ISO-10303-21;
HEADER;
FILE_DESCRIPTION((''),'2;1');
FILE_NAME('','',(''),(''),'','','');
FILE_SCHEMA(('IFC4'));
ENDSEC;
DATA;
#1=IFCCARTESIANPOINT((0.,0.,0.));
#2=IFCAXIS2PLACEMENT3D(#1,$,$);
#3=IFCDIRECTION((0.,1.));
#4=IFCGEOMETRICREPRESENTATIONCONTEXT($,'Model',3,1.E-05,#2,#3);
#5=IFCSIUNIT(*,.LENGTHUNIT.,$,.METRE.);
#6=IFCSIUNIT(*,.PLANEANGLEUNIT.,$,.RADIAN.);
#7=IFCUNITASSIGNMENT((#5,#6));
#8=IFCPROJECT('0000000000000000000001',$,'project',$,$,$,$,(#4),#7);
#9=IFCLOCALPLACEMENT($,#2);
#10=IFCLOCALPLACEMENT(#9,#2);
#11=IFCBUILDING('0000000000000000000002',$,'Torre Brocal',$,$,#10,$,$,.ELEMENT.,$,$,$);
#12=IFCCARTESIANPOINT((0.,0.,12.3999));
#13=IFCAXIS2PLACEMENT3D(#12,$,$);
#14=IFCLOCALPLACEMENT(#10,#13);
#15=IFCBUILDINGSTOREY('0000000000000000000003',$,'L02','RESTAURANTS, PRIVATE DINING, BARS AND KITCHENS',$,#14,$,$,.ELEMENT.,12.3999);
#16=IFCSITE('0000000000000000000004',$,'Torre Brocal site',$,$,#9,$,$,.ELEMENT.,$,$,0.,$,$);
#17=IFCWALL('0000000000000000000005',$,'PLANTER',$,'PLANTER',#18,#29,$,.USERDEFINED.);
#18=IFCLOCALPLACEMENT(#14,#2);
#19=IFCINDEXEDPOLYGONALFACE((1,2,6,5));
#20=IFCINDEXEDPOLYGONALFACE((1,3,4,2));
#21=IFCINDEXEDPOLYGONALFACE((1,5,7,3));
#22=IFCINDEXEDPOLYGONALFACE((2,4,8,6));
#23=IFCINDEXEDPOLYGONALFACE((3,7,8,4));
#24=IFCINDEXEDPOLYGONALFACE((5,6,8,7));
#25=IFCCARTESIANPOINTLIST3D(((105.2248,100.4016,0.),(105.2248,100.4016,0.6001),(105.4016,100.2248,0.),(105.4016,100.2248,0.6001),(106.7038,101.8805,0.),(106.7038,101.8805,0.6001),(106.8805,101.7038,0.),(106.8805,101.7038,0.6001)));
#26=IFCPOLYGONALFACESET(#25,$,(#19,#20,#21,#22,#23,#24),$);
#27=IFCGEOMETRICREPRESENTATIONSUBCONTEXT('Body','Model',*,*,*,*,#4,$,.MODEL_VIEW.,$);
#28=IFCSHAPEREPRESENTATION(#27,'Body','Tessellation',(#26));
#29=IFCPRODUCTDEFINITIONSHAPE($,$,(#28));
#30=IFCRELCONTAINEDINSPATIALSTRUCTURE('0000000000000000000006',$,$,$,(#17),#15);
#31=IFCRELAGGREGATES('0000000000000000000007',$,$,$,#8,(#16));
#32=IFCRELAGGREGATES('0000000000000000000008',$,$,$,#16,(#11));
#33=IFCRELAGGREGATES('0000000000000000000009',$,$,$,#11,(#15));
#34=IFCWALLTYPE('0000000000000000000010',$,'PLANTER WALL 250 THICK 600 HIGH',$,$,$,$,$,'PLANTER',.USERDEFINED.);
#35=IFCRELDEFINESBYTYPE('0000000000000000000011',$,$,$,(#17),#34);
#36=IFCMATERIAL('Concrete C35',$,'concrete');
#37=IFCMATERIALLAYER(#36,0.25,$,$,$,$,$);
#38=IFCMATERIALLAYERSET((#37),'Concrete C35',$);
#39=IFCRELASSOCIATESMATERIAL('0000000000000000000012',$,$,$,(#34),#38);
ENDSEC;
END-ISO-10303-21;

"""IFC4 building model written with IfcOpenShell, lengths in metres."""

from ifc_helpers import new_model, si_unit, direction, frame, frame_2d, origin, place, context, subcontext, project, spatial, rectangle, extrude, material, layer, layer_set, type_object, element, save


model = new_model("IFC4")

# Units and contexts
model_context = context("Model", 3, precision=1e-05, world=origin(), true_north=direction((0.0, 1.0)))
body_context = subcontext(model_context, "Body", "Model", "MODEL_VIEW")
ifc_project = project(units=[si_unit("LENGTHUNIT", "METRE"), si_unit("PLANEANGLEUNIT", "RADIAN")], contexts=[model_context])

# Site, building, storey
site_placement = place(None, origin())
site = spatial("IfcSite", under=ifc_project, at=site_placement, Name="Torre Brocal site", CompositionType="ELEMENT", RefElevation=0.0)
building_placement = place(site_placement, origin())
building = spatial("IfcBuilding", under=site, at=building_placement, Name="Torre Brocal", CompositionType="ELEMENT")
storey_placement = place(building_placement, frame((0.0, 0.0, 12.3999)))
storey = spatial("IfcBuildingStorey", under=building, at=storey_placement, Name="L02", Description="RESTAURANTS, PRIVATE DINING, BARS AND KITCHENS", CompositionType="ELEMENT", Elevation=12.3999)

# Wall
ifc_material_1 = material(Name="Concrete C35", Category="concrete")
ifc_layer_1 = layer(ifc_material_1, 0.25)
ifc_layer_set_1 = layer_set([ifc_layer_1], Name="Concrete C35")
wall_type_1 = type_object("IfcWallType", Name="PLANTER WALL 250 THICK 600 HIGH", ElementType="PLANTER", PredefinedType="USERDEFINED", material=ifc_layer_set_1)
wall_1_placement = place(storey_placement, frame((106.7922, 101.7922, 0.0), z_axis=(0.0, 0.0, 1.0), x_axis=(-0.707107, -0.707107, 0.0)))
element("IfcWall", 1, at=wall_1_placement, inside=storey, type_object=wall_type_1, Name="PLANTER", ObjectType="PLANTER", PredefinedType="USERDEFINED", context=body_context, shape_type="SweptSolid", body=[
    extrude(rectangle(XDim=2.0916, YDim=0.25, at=frame_2d((1.0459, 0.0))), origin(), (0.0, 0.0, 1.0), 0.6001),
])

save(model, "model.ifc")
